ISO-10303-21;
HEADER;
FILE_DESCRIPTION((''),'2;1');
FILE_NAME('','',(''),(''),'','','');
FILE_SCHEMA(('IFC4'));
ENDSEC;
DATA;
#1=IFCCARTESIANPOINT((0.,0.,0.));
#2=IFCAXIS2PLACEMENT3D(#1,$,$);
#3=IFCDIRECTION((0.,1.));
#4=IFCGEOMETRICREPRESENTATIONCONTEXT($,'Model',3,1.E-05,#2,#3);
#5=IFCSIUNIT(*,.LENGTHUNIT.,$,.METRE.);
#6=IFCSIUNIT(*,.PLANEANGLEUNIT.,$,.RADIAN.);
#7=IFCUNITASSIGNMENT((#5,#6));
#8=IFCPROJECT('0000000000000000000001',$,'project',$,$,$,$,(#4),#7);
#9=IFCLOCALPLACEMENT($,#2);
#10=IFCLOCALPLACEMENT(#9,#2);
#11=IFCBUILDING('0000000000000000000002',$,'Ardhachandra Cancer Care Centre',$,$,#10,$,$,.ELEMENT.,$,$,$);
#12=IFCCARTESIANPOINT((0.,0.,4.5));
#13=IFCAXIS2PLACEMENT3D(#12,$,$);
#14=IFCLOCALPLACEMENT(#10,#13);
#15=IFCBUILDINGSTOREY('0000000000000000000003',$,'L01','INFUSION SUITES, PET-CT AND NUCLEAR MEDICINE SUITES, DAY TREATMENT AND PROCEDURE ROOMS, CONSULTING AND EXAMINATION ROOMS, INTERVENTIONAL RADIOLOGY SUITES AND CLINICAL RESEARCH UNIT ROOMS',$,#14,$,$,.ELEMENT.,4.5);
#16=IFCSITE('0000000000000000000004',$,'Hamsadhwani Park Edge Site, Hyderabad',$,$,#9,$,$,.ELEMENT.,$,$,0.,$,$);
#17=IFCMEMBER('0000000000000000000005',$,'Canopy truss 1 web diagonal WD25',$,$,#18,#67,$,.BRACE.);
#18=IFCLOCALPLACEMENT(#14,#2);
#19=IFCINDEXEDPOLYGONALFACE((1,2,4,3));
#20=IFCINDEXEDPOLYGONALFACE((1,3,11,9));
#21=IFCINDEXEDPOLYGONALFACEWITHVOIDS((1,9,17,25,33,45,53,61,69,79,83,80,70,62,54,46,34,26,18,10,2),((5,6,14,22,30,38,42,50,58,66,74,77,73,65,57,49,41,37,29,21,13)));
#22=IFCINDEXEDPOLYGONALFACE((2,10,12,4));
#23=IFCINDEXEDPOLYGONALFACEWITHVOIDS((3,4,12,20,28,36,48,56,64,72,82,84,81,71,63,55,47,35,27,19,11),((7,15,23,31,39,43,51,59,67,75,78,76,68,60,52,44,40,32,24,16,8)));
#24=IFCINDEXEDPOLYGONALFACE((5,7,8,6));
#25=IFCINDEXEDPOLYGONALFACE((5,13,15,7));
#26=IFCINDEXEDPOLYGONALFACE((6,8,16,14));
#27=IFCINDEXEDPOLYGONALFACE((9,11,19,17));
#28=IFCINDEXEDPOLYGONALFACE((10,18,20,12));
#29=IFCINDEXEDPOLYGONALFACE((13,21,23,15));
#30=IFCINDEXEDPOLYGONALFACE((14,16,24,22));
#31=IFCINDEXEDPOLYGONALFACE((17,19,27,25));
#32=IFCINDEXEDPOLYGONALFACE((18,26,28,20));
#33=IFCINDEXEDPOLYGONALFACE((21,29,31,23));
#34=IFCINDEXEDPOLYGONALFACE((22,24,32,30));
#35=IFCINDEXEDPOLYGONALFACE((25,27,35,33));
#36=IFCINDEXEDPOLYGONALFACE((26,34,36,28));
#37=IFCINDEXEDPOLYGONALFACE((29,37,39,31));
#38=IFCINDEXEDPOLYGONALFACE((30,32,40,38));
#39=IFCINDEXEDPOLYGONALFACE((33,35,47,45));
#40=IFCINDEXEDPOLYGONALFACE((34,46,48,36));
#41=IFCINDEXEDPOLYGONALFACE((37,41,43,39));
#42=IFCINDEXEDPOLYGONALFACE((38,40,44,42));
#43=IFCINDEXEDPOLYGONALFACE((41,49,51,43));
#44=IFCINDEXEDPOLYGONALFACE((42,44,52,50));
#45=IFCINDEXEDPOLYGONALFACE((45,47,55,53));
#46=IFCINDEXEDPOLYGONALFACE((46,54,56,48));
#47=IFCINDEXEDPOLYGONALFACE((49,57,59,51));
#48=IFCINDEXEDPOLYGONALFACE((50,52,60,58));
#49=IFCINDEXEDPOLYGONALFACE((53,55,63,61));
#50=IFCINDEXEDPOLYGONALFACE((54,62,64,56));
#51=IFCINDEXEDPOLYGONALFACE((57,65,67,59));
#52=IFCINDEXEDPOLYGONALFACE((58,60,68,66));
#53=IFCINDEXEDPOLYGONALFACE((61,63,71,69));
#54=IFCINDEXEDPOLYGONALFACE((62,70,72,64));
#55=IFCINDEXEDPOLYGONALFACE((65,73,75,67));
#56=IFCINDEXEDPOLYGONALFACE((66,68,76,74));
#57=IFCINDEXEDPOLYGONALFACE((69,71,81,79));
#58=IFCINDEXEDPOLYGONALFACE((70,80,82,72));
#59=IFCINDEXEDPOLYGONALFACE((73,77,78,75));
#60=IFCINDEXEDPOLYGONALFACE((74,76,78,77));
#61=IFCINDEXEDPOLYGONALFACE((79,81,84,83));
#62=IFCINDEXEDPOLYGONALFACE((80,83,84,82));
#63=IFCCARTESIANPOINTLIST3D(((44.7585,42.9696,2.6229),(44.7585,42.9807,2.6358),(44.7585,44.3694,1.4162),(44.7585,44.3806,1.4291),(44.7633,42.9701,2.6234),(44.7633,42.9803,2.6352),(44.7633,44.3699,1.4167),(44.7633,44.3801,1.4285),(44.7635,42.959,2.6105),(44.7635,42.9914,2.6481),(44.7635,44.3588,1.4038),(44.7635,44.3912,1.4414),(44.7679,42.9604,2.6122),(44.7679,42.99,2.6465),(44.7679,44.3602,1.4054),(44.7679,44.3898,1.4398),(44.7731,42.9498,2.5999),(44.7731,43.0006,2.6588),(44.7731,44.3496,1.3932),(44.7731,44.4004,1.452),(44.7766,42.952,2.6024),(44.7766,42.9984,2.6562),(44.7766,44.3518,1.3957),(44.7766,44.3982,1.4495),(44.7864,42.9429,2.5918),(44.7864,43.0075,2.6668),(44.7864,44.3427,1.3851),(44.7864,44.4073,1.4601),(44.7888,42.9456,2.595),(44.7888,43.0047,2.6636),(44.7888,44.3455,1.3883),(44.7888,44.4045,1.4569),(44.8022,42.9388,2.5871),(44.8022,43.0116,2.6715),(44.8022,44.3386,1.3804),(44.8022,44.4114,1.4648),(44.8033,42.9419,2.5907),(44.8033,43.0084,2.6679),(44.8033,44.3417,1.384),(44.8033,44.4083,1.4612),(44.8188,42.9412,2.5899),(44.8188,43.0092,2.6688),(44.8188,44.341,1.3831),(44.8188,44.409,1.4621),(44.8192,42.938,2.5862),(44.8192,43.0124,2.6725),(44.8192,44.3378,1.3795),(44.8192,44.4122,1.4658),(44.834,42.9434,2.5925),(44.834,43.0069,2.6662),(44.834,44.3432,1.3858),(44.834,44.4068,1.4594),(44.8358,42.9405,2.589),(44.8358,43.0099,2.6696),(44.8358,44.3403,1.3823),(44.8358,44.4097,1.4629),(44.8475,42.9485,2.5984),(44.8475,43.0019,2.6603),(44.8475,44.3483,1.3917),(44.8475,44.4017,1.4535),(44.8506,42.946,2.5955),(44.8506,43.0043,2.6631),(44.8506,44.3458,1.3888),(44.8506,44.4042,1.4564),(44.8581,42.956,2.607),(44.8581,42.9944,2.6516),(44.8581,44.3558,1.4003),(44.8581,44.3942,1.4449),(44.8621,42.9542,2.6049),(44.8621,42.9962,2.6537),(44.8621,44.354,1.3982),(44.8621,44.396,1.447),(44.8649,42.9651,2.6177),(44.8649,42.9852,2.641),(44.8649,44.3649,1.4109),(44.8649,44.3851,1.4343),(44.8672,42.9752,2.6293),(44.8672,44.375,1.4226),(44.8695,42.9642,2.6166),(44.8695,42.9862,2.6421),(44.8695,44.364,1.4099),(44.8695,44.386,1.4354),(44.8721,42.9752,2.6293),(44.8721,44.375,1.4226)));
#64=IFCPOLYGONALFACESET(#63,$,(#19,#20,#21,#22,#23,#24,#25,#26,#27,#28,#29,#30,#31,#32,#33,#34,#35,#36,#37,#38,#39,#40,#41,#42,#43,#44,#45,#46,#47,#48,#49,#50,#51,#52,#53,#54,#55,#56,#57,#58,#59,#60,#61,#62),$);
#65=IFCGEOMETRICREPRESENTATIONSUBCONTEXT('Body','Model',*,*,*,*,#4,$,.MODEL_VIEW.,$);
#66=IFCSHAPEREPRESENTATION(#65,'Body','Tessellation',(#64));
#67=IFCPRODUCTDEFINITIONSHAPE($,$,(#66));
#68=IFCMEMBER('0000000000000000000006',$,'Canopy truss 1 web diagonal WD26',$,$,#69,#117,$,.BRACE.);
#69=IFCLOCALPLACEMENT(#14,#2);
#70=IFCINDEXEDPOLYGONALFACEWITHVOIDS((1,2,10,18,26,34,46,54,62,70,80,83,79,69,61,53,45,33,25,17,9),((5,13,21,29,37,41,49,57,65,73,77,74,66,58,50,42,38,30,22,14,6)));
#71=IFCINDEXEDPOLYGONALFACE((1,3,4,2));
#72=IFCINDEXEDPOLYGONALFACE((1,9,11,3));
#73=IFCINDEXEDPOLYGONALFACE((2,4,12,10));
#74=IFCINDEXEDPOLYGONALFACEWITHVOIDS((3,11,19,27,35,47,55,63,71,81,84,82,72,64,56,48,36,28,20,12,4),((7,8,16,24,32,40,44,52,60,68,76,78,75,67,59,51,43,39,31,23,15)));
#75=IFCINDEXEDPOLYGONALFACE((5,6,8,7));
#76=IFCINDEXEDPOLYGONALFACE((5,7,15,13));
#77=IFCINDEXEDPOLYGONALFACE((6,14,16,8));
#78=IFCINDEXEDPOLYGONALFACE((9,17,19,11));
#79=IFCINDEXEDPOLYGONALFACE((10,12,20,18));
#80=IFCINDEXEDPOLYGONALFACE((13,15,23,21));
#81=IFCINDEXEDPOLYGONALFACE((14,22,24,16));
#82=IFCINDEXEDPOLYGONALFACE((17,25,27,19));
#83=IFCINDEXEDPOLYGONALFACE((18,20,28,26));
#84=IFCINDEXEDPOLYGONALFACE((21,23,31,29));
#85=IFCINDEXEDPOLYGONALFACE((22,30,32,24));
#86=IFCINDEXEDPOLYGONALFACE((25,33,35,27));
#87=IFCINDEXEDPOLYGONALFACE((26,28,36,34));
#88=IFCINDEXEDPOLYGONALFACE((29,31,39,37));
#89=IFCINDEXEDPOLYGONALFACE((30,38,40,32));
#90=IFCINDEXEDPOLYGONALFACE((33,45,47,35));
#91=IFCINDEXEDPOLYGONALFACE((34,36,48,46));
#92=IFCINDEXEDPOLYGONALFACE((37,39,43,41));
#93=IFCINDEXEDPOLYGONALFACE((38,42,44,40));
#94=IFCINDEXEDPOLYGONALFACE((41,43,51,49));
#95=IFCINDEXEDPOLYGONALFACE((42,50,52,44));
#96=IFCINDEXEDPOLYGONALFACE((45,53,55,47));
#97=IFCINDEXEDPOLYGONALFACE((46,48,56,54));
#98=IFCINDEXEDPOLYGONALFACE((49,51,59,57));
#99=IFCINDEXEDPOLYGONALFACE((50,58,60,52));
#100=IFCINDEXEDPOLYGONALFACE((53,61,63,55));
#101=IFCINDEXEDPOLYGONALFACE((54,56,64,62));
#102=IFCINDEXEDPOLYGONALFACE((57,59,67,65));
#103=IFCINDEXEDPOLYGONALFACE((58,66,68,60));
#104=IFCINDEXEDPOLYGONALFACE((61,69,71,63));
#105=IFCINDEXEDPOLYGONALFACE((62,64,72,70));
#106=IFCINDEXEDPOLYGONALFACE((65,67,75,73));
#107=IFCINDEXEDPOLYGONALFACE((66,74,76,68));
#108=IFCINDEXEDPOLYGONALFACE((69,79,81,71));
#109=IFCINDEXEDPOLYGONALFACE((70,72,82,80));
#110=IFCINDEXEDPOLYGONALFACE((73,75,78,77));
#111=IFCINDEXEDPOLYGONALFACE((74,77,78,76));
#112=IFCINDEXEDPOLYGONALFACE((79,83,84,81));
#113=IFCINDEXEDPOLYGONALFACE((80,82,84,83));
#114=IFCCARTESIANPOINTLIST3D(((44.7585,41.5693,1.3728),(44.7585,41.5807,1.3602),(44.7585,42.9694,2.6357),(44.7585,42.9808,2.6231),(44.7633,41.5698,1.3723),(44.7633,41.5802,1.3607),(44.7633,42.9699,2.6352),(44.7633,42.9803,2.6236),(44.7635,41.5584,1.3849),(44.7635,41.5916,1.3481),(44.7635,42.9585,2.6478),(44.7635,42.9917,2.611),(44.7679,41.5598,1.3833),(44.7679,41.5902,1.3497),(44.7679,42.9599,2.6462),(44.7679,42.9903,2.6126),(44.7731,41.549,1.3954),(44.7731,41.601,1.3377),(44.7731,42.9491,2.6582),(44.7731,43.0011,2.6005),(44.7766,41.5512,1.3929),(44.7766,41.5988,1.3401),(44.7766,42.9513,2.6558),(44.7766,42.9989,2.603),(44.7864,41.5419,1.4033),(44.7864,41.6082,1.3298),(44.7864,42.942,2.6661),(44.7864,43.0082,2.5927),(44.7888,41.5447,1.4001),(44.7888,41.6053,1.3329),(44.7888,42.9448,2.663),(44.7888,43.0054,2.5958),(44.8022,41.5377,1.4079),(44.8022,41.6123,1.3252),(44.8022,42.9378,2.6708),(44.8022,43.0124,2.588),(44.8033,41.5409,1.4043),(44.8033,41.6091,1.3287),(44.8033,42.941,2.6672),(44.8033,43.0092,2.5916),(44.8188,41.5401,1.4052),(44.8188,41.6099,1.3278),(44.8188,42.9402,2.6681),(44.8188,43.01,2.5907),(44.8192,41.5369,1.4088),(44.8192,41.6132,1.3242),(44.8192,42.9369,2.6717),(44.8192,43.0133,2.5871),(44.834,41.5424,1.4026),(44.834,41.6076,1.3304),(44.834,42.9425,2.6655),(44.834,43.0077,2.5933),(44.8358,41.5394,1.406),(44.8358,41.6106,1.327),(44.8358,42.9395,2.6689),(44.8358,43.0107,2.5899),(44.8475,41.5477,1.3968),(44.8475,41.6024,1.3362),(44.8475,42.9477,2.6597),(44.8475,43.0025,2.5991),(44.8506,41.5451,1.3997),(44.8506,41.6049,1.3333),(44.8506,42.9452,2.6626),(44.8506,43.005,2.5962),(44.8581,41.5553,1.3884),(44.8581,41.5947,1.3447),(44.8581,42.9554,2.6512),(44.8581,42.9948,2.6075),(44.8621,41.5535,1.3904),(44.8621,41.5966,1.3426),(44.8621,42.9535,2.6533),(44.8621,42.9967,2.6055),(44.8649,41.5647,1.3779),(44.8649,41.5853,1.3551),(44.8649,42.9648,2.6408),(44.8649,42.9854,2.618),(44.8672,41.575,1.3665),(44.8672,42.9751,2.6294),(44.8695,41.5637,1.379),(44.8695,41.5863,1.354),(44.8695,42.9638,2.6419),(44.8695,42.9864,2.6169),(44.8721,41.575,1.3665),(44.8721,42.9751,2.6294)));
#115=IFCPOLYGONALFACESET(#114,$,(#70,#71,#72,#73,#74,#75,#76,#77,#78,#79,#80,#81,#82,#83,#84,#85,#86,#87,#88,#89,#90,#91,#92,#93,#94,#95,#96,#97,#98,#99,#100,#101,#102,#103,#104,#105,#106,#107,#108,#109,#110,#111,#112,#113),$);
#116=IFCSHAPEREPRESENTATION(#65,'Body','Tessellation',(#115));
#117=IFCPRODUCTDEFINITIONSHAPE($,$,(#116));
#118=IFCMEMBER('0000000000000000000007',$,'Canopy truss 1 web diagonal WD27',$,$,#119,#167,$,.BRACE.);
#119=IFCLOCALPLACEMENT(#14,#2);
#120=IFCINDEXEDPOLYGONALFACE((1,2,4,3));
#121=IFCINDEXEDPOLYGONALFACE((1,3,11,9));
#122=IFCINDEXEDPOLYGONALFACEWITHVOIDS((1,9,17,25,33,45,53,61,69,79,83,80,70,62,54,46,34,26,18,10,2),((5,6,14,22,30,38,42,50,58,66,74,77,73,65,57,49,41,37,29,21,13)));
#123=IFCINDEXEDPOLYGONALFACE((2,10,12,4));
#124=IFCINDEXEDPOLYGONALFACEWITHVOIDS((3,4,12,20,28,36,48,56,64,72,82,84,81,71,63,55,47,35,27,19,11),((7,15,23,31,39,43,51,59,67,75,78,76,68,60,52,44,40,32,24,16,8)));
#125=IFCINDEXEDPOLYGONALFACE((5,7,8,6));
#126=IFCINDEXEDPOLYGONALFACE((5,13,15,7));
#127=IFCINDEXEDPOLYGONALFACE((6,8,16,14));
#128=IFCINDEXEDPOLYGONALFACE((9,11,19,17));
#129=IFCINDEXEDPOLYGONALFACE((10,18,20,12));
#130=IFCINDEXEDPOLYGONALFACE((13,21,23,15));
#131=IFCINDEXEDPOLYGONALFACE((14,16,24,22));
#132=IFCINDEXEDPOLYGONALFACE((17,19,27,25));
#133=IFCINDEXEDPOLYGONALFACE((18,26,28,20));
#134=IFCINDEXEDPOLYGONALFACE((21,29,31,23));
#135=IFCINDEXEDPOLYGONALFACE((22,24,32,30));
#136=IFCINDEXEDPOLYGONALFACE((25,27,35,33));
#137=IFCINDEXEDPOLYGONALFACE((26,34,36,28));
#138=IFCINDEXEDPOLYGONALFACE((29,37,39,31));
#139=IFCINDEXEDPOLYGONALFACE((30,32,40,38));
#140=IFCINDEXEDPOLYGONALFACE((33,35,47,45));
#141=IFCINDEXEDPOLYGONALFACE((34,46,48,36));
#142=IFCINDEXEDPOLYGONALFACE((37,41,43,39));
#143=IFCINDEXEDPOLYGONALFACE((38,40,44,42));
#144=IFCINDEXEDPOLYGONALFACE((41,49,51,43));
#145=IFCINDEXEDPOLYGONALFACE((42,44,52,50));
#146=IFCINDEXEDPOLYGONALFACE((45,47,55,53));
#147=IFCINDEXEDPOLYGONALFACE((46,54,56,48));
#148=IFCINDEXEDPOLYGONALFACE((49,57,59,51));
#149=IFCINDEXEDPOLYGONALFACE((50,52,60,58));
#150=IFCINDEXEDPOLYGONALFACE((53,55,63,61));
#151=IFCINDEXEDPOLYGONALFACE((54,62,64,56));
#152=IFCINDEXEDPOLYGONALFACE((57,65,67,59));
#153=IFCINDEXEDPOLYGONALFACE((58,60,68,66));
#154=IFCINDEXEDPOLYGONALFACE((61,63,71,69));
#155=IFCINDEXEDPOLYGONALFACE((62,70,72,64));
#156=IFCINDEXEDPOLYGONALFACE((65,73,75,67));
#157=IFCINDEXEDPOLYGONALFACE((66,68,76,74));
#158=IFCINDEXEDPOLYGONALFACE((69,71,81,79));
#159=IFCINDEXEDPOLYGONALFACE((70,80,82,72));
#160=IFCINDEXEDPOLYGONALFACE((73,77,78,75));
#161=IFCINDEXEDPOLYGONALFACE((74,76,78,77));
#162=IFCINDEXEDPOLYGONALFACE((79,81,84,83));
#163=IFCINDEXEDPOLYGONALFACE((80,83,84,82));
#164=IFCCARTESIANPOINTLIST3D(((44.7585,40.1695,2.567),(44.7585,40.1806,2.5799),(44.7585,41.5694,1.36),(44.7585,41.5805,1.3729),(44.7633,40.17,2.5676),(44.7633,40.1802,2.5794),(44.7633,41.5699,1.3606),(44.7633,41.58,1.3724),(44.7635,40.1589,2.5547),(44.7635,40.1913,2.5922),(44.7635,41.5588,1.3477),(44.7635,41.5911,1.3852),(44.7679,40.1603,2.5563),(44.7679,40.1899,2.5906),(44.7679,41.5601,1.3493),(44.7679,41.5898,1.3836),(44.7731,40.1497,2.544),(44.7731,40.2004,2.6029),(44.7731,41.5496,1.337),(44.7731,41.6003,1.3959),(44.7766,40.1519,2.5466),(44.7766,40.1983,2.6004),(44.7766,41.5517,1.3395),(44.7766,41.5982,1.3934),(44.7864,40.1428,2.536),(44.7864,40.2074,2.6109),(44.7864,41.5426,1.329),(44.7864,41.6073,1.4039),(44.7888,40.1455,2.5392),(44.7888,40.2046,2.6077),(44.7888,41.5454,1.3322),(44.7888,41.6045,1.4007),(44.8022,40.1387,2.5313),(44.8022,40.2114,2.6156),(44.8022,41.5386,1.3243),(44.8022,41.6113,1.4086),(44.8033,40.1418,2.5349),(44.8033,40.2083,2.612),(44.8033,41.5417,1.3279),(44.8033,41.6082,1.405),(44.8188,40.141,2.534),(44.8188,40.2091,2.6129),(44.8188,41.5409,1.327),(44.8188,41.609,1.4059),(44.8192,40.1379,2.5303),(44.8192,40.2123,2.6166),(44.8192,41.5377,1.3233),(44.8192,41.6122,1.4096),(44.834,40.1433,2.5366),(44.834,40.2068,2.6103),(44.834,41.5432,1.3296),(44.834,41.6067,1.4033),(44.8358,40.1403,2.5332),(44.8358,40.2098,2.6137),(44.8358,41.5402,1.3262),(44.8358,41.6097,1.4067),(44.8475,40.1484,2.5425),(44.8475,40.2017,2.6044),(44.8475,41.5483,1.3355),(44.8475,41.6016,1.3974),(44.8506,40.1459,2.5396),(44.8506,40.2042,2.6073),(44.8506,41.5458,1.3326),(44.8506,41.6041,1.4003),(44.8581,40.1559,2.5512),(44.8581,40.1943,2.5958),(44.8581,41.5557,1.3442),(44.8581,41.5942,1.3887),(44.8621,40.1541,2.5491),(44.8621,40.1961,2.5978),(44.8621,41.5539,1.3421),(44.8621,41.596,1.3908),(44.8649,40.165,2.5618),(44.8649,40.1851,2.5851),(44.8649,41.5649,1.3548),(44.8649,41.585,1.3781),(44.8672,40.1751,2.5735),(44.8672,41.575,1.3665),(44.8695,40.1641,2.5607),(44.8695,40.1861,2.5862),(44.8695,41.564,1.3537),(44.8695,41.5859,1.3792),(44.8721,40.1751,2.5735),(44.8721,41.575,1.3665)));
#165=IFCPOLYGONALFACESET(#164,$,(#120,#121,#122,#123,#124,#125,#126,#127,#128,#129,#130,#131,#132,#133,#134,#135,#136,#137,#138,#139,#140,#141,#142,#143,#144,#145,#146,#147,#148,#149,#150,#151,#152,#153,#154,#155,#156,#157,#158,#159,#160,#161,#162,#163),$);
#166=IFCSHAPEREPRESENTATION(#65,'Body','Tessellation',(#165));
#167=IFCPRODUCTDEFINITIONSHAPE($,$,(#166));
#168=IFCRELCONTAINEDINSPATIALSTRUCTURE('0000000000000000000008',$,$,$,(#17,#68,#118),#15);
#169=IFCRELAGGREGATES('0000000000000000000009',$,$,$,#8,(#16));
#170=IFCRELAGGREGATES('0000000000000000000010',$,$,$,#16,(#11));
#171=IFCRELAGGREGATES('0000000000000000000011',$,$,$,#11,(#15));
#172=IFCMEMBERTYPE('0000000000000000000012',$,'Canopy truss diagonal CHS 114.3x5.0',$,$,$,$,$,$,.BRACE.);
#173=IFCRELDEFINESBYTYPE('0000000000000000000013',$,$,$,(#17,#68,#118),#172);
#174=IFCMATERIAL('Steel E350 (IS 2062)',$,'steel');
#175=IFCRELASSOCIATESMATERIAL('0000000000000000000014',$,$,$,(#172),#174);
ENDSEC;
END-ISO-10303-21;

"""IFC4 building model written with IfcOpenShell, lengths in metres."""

from ifc_helpers import new_model, si_unit, direction, frame, origin, origin_2d, place, context, subcontext, project, spatial, hollow_circle, extrude, material, material_profile, profile_set, type_object, element, save


model = new_model("IFC4")

# Units and contexts
model_context = context("Model", 3, precision=1e-05, world=origin(), true_north=direction((0.0, 1.0)))
body_context = subcontext(model_context, "Body", "Model", "MODEL_VIEW")
ifc_project = project(units=[si_unit("LENGTHUNIT", "METRE"), si_unit("PLANEANGLEUNIT", "RADIAN")], contexts=[model_context])

# Site, building, storey
site_placement = place(None, origin())
site = spatial("IfcSite", under=ifc_project, at=site_placement, Name="Hamsadhwani Park Edge Site, Hyderabad", CompositionType="ELEMENT", RefElevation=0.0)
building_placement = place(site_placement, origin())
building = spatial("IfcBuilding", under=site, at=building_placement, Name="Ardhachandra Cancer Care Centre", CompositionType="ELEMENT")
storey_placement = place(building_placement, frame((0.0, 0.0, 4.5)))
storey = spatial("IfcBuildingStorey", under=building, at=storey_placement, Name="L01", Description="INFUSION SUITES, PET-CT AND NUCLEAR MEDICINE SUITES, DAY TREATMENT AND PROCEDURE ROOMS, CONSULTING AND EXAMINATION ROOMS, INTERVENTIONAL RADIOLOGY SUITES AND CLINICAL RESEARCH UNIT ROOMS", CompositionType="ELEMENT", Elevation=4.5)

# Members
ifc_material_1 = material(Name="Steel E350 (IS 2062)", Category="steel")
ifc_material_profile_1 = material_profile(ifc_material_1, hollow_circle(Radius=0.0571, WallThickness=0.0049, at=origin_2d()), Name="CHS 114.3x5.0")
ifc_profile_set_1 = profile_set([ifc_material_profile_1], Name="Steel E350 (IS 2062)")
member_type_1 = type_object("IfcMemberType", Name="Canopy truss diagonal CHS 114.3x5.0", PredefinedType="BRACE", material=ifc_profile_set_1)
member_1_placement = place(storey_placement, frame((44.8149, 44.375, 1.4226), z_axis=(0.0, -0.757417, 0.652932), x_axis=(1.0, 0.0, 0.0)))
element("IfcMember", 1, at=member_1_placement, inside=storey, type_object=member_type_1, Name="Canopy truss 1 web diagonal WD25", PredefinedType="BRACE", context=body_context, shape_type="SweptSolid", body=[
    extrude(hollow_circle(Radius=0.0571, WallThickness=0.0049, at=origin_2d()), origin(), (0.0, 0.0, 1.0), 1.8481),
])
member_2_placement = place(storey_placement, frame((44.8149, 42.9751, 2.6294), z_axis=(0.0, -0.742553, -0.669787), x_axis=(1.0, 0.0, 0.0)))
element("IfcMember", 2, at=member_2_placement, inside=storey, type_object=member_type_1, Name="Canopy truss 1 web diagonal WD26", PredefinedType="BRACE", context=body_context, shape_type="SweptSolid", body=[
    extrude(hollow_circle(Radius=0.0571, WallThickness=0.0049, at=origin_2d()), origin(), (0.0, 0.0, 1.0), 1.8855),
])
member_3_placement = place(storey_placement, frame((44.8149, 41.575, 1.3665), z_axis=(0.0, -0.757351, 0.653008), x_axis=(1.0, 0.0, 0.0)))
element("IfcMember", 3, at=member_3_placement, inside=storey, type_object=member_type_1, Name="Canopy truss 1 web diagonal WD27", PredefinedType="BRACE", context=body_context, shape_type="SweptSolid", body=[
    extrude(hollow_circle(Radius=0.0571, WallThickness=0.0049, at=origin_2d()), origin(), (0.0, 0.0, 1.0), 1.8484),
])

save(model, "model.ifc")
